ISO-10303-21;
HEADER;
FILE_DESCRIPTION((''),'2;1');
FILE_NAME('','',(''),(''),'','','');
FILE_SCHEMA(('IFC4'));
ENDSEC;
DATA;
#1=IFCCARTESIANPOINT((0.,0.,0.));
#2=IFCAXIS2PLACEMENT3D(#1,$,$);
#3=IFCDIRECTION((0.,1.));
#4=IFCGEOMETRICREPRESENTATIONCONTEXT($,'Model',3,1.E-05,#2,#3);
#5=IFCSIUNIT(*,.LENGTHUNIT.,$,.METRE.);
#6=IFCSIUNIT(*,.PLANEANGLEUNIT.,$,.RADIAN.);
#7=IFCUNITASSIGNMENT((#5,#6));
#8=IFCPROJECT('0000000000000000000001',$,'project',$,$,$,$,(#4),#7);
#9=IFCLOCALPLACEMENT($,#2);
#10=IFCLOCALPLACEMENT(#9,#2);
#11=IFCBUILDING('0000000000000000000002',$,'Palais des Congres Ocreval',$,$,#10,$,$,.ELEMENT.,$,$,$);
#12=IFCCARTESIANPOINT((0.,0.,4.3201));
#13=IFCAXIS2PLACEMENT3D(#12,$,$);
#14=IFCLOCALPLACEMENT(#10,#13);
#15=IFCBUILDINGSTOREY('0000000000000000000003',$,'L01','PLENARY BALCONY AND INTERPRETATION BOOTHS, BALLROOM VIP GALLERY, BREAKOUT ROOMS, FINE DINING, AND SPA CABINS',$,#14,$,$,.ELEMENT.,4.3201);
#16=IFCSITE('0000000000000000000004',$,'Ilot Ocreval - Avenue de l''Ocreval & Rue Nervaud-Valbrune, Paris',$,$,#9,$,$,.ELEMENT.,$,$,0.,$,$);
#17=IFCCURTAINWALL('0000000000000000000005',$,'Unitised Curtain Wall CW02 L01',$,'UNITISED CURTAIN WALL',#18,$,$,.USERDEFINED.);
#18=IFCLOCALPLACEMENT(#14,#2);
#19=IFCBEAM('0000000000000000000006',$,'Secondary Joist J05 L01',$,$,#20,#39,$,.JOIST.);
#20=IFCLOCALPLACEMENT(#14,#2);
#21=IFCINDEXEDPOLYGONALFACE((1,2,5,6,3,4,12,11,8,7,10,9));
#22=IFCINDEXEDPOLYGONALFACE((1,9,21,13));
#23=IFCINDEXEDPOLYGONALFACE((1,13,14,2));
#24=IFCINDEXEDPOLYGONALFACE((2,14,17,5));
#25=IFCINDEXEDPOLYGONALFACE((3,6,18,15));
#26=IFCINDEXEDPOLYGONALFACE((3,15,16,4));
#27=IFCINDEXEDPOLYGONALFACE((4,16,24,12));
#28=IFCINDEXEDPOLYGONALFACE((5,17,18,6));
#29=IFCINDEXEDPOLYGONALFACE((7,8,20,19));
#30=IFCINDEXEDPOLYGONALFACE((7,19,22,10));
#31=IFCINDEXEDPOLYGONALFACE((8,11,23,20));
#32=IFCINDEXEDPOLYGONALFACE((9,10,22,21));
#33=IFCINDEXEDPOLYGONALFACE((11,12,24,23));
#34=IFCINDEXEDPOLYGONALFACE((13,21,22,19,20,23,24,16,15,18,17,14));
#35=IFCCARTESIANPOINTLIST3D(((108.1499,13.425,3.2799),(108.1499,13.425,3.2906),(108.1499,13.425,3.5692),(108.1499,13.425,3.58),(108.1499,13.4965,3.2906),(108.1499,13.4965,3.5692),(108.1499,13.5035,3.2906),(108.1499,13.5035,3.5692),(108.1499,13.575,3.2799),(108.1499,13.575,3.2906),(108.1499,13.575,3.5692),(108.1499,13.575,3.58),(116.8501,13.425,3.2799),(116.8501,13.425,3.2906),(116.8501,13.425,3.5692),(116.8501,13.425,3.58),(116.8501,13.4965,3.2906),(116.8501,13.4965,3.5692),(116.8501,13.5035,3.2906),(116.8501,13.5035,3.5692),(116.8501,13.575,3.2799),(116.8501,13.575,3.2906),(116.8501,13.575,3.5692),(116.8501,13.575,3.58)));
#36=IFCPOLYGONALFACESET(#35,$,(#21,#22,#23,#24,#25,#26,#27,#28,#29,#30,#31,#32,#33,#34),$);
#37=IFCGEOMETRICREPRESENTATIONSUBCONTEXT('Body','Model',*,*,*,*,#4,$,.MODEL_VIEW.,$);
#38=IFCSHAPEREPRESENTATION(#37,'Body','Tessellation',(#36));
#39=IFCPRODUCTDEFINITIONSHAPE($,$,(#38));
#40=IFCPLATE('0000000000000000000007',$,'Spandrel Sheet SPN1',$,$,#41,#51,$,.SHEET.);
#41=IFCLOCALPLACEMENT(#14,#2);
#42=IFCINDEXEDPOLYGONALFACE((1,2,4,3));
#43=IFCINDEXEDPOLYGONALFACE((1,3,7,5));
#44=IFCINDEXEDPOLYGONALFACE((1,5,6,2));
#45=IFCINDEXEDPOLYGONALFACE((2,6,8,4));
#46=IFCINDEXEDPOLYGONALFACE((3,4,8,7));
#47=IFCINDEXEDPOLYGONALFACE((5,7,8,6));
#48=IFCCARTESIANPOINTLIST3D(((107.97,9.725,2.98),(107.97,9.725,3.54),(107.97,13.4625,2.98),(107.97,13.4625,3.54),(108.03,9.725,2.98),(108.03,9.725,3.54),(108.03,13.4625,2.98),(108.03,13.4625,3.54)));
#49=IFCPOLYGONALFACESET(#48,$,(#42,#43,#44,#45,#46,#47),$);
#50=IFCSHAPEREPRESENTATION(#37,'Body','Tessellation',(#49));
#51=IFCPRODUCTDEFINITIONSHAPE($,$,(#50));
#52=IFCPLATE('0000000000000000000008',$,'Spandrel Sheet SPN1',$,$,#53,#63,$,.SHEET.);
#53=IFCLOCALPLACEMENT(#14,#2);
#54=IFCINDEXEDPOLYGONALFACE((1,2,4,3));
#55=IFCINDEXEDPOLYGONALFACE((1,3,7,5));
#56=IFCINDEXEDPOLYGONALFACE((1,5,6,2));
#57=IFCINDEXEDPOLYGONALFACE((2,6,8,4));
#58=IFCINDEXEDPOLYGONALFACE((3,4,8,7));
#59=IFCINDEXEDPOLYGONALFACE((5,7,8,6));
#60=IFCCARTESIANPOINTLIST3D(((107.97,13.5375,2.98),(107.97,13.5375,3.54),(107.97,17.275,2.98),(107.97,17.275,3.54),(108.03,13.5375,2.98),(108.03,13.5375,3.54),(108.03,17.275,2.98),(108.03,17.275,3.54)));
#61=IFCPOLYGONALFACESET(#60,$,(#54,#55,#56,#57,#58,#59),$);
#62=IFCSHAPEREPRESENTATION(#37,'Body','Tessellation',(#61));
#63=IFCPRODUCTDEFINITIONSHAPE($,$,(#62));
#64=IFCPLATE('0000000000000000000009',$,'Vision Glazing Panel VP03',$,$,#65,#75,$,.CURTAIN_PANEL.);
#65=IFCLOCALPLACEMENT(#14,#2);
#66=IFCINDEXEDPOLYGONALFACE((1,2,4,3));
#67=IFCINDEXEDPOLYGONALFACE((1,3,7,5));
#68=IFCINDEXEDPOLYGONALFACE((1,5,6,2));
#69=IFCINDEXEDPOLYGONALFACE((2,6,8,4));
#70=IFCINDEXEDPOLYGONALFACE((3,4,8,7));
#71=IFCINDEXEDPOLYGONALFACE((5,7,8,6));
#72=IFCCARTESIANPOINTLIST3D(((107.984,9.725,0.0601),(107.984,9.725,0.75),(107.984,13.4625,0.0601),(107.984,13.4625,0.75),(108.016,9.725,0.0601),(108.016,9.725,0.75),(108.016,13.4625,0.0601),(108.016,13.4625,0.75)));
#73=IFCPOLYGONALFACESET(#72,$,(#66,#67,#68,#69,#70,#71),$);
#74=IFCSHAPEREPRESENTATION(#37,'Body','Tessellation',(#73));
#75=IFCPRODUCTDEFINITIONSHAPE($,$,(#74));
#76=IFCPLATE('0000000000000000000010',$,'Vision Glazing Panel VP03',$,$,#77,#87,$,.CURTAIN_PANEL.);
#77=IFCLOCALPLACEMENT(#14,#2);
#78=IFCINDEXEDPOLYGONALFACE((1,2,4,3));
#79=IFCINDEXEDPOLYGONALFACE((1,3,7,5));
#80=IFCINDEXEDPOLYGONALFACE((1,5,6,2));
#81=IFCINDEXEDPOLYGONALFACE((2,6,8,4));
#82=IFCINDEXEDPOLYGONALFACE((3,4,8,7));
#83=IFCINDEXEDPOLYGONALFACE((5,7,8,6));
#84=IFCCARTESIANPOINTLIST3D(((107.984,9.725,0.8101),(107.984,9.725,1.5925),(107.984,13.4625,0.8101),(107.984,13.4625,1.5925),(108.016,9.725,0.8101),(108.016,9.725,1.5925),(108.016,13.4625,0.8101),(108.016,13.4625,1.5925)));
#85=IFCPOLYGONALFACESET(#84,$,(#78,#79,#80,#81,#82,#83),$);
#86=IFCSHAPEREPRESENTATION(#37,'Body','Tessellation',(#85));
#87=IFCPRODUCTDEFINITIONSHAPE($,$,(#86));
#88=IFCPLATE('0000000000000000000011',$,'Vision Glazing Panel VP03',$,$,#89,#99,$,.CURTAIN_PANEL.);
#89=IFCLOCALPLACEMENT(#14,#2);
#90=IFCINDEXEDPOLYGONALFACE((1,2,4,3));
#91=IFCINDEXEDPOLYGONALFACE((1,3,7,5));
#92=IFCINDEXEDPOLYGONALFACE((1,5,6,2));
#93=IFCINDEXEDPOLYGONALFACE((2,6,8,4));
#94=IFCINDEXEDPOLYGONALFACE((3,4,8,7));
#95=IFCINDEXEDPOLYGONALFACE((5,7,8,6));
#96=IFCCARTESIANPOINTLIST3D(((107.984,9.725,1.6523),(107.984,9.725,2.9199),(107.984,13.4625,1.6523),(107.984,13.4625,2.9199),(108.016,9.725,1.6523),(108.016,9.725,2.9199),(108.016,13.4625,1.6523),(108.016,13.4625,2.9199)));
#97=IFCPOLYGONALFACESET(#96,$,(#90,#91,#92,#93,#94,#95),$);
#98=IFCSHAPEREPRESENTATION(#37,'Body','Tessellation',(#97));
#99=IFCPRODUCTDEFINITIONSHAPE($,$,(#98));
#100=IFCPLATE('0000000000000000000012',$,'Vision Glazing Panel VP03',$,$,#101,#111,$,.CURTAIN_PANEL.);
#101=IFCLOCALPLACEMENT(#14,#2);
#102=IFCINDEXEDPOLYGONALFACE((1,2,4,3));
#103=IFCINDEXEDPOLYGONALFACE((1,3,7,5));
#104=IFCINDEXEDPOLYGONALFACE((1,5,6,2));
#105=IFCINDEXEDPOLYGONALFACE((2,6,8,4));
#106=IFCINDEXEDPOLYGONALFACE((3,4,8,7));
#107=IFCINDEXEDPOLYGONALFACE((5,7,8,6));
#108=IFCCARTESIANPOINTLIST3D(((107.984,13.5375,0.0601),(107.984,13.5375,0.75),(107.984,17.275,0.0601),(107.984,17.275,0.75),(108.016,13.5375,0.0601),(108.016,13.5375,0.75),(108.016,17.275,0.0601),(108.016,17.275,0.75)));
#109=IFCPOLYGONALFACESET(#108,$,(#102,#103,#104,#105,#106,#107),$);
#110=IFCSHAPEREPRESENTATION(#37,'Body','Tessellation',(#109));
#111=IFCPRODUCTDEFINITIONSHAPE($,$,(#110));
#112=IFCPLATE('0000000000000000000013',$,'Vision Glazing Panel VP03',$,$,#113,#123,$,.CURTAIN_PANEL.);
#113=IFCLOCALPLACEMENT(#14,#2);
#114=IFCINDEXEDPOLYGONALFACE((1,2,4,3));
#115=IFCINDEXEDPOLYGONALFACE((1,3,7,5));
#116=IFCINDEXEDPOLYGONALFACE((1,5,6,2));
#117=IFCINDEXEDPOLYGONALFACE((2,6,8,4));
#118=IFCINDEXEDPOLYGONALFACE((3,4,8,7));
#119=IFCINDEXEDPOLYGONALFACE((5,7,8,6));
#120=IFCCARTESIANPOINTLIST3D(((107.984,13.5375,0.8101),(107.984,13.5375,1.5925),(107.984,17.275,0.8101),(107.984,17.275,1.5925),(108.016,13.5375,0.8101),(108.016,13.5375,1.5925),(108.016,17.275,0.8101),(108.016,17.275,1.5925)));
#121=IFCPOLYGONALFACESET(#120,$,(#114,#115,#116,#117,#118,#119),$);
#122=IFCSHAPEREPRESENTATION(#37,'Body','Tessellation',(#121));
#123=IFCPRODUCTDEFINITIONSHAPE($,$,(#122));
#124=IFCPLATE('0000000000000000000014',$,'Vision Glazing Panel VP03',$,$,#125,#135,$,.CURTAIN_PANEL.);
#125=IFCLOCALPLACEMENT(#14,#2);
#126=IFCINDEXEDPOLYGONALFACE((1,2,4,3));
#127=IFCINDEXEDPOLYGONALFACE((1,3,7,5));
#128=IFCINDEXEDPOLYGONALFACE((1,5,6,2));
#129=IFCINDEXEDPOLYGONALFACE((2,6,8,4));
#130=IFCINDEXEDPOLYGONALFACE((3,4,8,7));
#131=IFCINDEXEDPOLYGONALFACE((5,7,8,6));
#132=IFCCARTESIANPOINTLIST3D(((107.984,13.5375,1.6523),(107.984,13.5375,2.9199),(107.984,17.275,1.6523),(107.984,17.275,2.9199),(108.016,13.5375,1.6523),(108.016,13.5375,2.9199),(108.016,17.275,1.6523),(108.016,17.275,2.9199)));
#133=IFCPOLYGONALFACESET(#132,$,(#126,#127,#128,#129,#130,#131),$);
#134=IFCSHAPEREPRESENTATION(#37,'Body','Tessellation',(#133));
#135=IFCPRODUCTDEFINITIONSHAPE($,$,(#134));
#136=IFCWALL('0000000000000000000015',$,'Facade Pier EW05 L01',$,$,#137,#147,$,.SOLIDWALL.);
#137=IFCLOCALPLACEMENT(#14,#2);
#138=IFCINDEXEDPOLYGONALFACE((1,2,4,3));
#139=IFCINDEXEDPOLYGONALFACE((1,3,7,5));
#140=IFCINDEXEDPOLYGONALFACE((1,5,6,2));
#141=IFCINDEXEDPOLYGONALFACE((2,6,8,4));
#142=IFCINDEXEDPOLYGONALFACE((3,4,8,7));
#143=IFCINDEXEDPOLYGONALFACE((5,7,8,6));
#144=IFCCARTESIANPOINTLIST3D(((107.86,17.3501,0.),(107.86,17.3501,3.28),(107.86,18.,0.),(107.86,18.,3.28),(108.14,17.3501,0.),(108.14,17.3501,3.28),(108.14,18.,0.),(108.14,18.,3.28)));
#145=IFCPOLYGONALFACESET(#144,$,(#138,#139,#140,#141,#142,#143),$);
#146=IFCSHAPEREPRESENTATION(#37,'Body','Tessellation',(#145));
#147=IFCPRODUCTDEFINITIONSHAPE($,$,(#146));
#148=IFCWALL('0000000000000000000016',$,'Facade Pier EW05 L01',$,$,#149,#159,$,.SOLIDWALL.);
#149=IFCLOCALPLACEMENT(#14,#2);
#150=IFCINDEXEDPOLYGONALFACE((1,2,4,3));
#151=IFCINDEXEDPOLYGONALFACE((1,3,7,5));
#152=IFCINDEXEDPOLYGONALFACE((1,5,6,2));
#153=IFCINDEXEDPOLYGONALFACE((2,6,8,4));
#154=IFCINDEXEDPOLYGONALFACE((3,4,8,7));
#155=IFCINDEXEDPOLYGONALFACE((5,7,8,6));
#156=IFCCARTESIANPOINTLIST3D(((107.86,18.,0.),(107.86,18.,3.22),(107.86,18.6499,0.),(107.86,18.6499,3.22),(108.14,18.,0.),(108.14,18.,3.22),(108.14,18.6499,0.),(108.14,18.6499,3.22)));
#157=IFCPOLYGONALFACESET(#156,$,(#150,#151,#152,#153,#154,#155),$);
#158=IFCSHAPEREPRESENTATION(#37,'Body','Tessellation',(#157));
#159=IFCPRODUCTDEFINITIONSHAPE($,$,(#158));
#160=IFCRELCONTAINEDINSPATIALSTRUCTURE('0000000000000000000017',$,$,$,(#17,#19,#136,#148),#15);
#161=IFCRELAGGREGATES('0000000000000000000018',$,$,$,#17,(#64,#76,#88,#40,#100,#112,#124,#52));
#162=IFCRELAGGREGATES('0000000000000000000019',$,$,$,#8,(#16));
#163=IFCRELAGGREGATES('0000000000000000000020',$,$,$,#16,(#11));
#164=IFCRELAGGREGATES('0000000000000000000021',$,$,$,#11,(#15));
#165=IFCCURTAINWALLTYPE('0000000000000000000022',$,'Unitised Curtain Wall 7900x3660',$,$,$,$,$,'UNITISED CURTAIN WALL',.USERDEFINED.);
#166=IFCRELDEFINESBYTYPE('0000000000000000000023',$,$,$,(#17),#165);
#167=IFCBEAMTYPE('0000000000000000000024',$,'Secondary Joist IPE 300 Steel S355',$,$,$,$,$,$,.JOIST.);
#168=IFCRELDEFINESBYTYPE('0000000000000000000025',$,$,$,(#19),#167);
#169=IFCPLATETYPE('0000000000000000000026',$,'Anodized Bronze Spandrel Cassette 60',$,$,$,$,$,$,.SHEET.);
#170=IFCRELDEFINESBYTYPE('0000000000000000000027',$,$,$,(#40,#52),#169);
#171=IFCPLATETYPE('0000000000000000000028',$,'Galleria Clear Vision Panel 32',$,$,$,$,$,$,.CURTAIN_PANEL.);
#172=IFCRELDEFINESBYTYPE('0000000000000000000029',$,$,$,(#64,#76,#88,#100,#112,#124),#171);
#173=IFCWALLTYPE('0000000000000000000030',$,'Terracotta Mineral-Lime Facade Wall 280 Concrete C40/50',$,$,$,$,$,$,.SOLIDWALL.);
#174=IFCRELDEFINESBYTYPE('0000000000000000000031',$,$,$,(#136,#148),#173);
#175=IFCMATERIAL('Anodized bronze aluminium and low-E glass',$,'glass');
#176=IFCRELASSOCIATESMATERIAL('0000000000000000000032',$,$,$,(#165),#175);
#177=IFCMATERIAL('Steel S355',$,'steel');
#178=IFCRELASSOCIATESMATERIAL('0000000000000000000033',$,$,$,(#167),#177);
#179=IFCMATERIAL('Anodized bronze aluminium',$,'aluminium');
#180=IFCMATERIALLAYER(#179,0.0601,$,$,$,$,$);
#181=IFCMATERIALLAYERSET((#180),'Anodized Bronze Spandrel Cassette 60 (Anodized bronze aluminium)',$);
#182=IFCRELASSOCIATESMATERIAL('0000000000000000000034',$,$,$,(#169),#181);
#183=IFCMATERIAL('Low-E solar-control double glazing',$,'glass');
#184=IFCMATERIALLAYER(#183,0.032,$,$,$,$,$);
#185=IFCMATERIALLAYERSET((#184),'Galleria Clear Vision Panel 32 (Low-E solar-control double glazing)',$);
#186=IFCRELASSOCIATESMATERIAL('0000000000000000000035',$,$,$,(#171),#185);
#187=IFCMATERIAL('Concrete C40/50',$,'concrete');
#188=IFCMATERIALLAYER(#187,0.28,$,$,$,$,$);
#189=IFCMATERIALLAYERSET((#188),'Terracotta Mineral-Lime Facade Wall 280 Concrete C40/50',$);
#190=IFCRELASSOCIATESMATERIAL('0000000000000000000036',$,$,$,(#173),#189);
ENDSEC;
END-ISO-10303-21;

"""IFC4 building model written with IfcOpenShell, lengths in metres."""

from ifc_helpers import new_model, si_unit, direction, frame, frame_2d, origin, origin_2d, place, context, subcontext, project, spatial, rectangle, i_section, extrude, material, layer, layer_set, material_profile, profile_set, type_object, element, aggregate, save


model = new_model("IFC4")

# Units and contexts
model_context = context("Model", 3, precision=1e-05, world=origin(), true_north=direction((0.0, 1.0)))
body_context = subcontext(model_context, "Body", "Model", "MODEL_VIEW")
ifc_project = project(units=[si_unit("LENGTHUNIT", "METRE"), si_unit("PLANEANGLEUNIT", "RADIAN")], contexts=[model_context])

# Site, building, storey
site_placement = place(None, origin())
site = spatial("IfcSite", under=ifc_project, at=site_placement, Name="Ilot Ocreval - Avenue de l'Ocreval & Rue Nervaud-Valbrune, Paris", CompositionType="ELEMENT", RefElevation=0.0)
building_placement = place(site_placement, origin())
building = spatial("IfcBuilding", under=site, at=building_placement, Name="Palais des Congres Ocreval", CompositionType="ELEMENT")
storey_placement = place(building_placement, frame((0.0, 0.0, 4.3201)))
storey = spatial("IfcBuildingStorey", under=building, at=storey_placement, Name="L01", Description="PLENARY BALCONY AND INTERPRETATION BOOTHS, BALLROOM VIP GALLERY, BREAKOUT ROOMS, FINE DINING, AND SPA CABINS", CompositionType="ELEMENT", Elevation=4.3201)

# Shared definitions
ifc_material_1 = material(Name="Steel S355", Category="steel")

# Curtain wall
ifc_material_2 = material(Name="Anodized bronze aluminium and low-E glass", Category="glass")
curtain_wall_type = type_object("IfcCurtainWallType", Name="Unitised Curtain Wall 7900x3660", ElementType="UNITISED CURTAIN WALL", PredefinedType="USERDEFINED", material=ifc_material_2)
curtain_wall_placement = place(storey_placement, origin())
curtain_wall = element("IfcCurtainWall", 1, at=curtain_wall_placement, inside=storey, type_object=curtain_wall_type, Name="Unitised Curtain Wall CW02 L01", ObjectType="UNITISED CURTAIN WALL", PredefinedType="USERDEFINED")
ifc_material_3 = material(Name="Anodized bronze aluminium", Category="aluminium")

# Beam
ifc_material_profile_1 = material_profile(ifc_material_1, i_section(OverallWidth=0.1499, OverallDepth=0.3, WebThickness=0.0071, FlangeThickness=0.0107, at=origin_2d()), Name="IPE 300")
ifc_profile_set_1 = profile_set([ifc_material_profile_1], Name="Steel S355")
beam_type_1 = type_object("IfcBeamType", Name="Secondary Joist IPE 300 Steel S355", PredefinedType="JOIST", material=ifc_profile_set_1)
beam_1_placement = place(storey_placement, frame((108.1499, 13.5, 3.4299), z_axis=(1.0, 0.0, 0.0), x_axis=(0.0, 1.0, 0.0)))
element("IfcBeam", 2, at=beam_1_placement, inside=storey, type_object=beam_type_1, Name="Secondary Joist J05 L01", PredefinedType="JOIST", context=body_context, shape_type="SweptSolid", body=[
    extrude(i_section(OverallWidth=0.1499, OverallDepth=0.3, WebThickness=0.0071, FlangeThickness=0.0107, at=origin_2d()), origin(), (0.0, 0.0, 1.0), 8.7002),
])

# Plates
ifc_layer_1 = layer(ifc_material_3, 0.0601)
ifc_layer_set_1 = layer_set([ifc_layer_1], Name="Anodized Bronze Spandrel Cassette 60 (Anodized bronze aluminium)")
plate_type_1 = type_object("IfcPlateType", Name="Anodized Bronze Spandrel Cassette 60", PredefinedType="SHEET", material=ifc_layer_set_1)
plate_1_placement = place(storey_placement, frame((108.0, 11.5938, 2.98), z_axis=(0.0, 0.0, 1.0), x_axis=(0.0, 1.0, 0.0)))
plate_1 = element("IfcPlate", 3, at=plate_1_placement, type_object=plate_type_1, Name="Spandrel Sheet SPN1", PredefinedType="SHEET", context=body_context, shape_type="SweptSolid", body=[
    extrude(rectangle(XDim=3.7375, YDim=0.0601, at=origin_2d()), origin(), (0.0, 0.0, 1.0), 0.5601),
])
plate_2_placement = place(storey_placement, frame((108.0, 15.4062, 2.98), z_axis=(0.0, 0.0, 1.0), x_axis=(0.0, 1.0, 0.0)))
plate_2 = element("IfcPlate", 4, at=plate_2_placement, type_object=plate_type_1, Name="Spandrel Sheet SPN1", PredefinedType="SHEET", context=body_context, shape_type="SweptSolid", body=[
    extrude(rectangle(XDim=3.7375, YDim=0.0601, at=origin_2d()), origin(), (0.0, 0.0, 1.0), 0.5601),
])
ifc_material_4 = material(Name="Low-E solar-control double glazing", Category="glass")
ifc_layer_2 = layer(ifc_material_4, 0.032)
ifc_layer_set_2 = layer_set([ifc_layer_2], Name="Galleria Clear Vision Panel 32 (Low-E solar-control double glazing)")
plate_type_2 = type_object("IfcPlateType", Name="Galleria Clear Vision Panel 32", PredefinedType="CURTAIN_PANEL", material=ifc_layer_set_2)
plate_3_placement = place(storey_placement, frame((108.0, 11.5938, 0.0601), z_axis=(0.0, 0.0, 1.0), x_axis=(0.0, 1.0, 0.0)))
plate_3 = element("IfcPlate", 5, at=plate_3_placement, type_object=plate_type_2, Name="Vision Glazing Panel VP03", PredefinedType="CURTAIN_PANEL", context=body_context, shape_type="SweptSolid", body=[
    extrude(rectangle(XDim=3.7375, YDim=0.032, at=origin_2d()), origin(), (0.0, 0.0, 1.0), 0.6899),
])
plate_4_placement = place(storey_placement, frame((108.0, 11.5938, 0.8101), z_axis=(0.0, 0.0, 1.0), x_axis=(0.0, 1.0, 0.0)))
plate_4 = element("IfcPlate", 6, at=plate_4_placement, type_object=plate_type_2, Name="Vision Glazing Panel VP03", PredefinedType="CURTAIN_PANEL", context=body_context, shape_type="SweptSolid", body=[
    extrude(rectangle(XDim=3.7375, YDim=0.032, at=origin_2d()), origin(), (0.0, 0.0, 1.0), 0.7825),
])
plate_5_placement = place(storey_placement, frame((108.0, 11.5938, 1.6523), z_axis=(0.0, 0.0, 1.0), x_axis=(0.0, 1.0, 0.0)))
plate_5 = element("IfcPlate", 7, at=plate_5_placement, type_object=plate_type_2, Name="Vision Glazing Panel VP03", PredefinedType="CURTAIN_PANEL", context=body_context, shape_type="SweptSolid", body=[
    extrude(rectangle(XDim=3.7375, YDim=0.032, at=origin_2d()), origin(), (0.0, 0.0, 1.0), 1.2676),
])
plate_6_placement = place(storey_placement, frame((108.0, 15.4062, 0.0601), z_axis=(0.0, 0.0, 1.0), x_axis=(0.0, 1.0, 0.0)))
plate_6 = element("IfcPlate", 8, at=plate_6_placement, type_object=plate_type_2, Name="Vision Glazing Panel VP03", PredefinedType="CURTAIN_PANEL", context=body_context, shape_type="SweptSolid", body=[
    extrude(rectangle(XDim=3.7375, YDim=0.032, at=origin_2d()), origin(), (0.0, 0.0, 1.0), 0.6899),
])
plate_7_placement = place(storey_placement, frame((108.0, 15.4062, 0.8101), z_axis=(0.0, 0.0, 1.0), x_axis=(0.0, 1.0, 0.0)))
plate_7 = element("IfcPlate", 9, at=plate_7_placement, type_object=plate_type_2, Name="Vision Glazing Panel VP03", PredefinedType="CURTAIN_PANEL", context=body_context, shape_type="SweptSolid", body=[
    extrude(rectangle(XDim=3.7375, YDim=0.032, at=origin_2d()), origin(), (0.0, 0.0, 1.0), 0.7825),
])
plate_8_placement = place(storey_placement, frame((108.0, 15.4062, 1.6523), z_axis=(0.0, 0.0, 1.0), x_axis=(0.0, 1.0, 0.0)))
plate_8 = element("IfcPlate", 10, at=plate_8_placement, type_object=plate_type_2, Name="Vision Glazing Panel VP03", PredefinedType="CURTAIN_PANEL", context=body_context, shape_type="SweptSolid", body=[
    extrude(rectangle(XDim=3.7375, YDim=0.032, at=origin_2d()), origin(), (0.0, 0.0, 1.0), 1.2676),
])
aggregate(curtain_wall, [plate_3, plate_4, plate_5, plate_1, plate_6, plate_7, plate_8, plate_2])

# Walls
ifc_material_5 = material(Name="Concrete C40/50", Category="concrete")
ifc_layer_3 = layer(ifc_material_5, 0.28)
ifc_layer_set_3 = layer_set([ifc_layer_3], Name="Terracotta Mineral-Lime Facade Wall 280 Concrete C40/50")
wall_type = type_object("IfcWallType", Name="Terracotta Mineral-Lime Facade Wall 280 Concrete C40/50", PredefinedType="SOLIDWALL", material=ifc_layer_set_3)
wall_1_placement = place(storey_placement, frame((108.0, 17.3501, 0.0), z_axis=(0.0, 0.0, 1.0), x_axis=(0.0, 1.0, 0.0)))
element("IfcWall", 11, at=wall_1_placement, inside=storey, type_object=wall_type, Name="Facade Pier EW05 L01", PredefinedType="SOLIDWALL", context=body_context, shape_type="SweptSolid", body=[
    extrude(rectangle(XDim=0.6499, YDim=0.28, at=frame_2d((0.325, 0.0))), origin(), (0.0, 0.0, 1.0), 3.28),
])
wall_2_placement = place(storey_placement, frame((108.0, 18.0, 0.0), z_axis=(0.0, 0.0, 1.0), x_axis=(0.0, 1.0, 0.0)))
element("IfcWall", 12, at=wall_2_placement, inside=storey, type_object=wall_type, Name="Facade Pier EW05 L01", PredefinedType="SOLIDWALL", context=body_context, shape_type="SweptSolid", body=[
    extrude(rectangle(XDim=0.6499, YDim=0.28, at=frame_2d((0.325, 0.0))), origin(), (0.0, 0.0, 1.0), 3.22),
])

save(model, "model.ifc")
